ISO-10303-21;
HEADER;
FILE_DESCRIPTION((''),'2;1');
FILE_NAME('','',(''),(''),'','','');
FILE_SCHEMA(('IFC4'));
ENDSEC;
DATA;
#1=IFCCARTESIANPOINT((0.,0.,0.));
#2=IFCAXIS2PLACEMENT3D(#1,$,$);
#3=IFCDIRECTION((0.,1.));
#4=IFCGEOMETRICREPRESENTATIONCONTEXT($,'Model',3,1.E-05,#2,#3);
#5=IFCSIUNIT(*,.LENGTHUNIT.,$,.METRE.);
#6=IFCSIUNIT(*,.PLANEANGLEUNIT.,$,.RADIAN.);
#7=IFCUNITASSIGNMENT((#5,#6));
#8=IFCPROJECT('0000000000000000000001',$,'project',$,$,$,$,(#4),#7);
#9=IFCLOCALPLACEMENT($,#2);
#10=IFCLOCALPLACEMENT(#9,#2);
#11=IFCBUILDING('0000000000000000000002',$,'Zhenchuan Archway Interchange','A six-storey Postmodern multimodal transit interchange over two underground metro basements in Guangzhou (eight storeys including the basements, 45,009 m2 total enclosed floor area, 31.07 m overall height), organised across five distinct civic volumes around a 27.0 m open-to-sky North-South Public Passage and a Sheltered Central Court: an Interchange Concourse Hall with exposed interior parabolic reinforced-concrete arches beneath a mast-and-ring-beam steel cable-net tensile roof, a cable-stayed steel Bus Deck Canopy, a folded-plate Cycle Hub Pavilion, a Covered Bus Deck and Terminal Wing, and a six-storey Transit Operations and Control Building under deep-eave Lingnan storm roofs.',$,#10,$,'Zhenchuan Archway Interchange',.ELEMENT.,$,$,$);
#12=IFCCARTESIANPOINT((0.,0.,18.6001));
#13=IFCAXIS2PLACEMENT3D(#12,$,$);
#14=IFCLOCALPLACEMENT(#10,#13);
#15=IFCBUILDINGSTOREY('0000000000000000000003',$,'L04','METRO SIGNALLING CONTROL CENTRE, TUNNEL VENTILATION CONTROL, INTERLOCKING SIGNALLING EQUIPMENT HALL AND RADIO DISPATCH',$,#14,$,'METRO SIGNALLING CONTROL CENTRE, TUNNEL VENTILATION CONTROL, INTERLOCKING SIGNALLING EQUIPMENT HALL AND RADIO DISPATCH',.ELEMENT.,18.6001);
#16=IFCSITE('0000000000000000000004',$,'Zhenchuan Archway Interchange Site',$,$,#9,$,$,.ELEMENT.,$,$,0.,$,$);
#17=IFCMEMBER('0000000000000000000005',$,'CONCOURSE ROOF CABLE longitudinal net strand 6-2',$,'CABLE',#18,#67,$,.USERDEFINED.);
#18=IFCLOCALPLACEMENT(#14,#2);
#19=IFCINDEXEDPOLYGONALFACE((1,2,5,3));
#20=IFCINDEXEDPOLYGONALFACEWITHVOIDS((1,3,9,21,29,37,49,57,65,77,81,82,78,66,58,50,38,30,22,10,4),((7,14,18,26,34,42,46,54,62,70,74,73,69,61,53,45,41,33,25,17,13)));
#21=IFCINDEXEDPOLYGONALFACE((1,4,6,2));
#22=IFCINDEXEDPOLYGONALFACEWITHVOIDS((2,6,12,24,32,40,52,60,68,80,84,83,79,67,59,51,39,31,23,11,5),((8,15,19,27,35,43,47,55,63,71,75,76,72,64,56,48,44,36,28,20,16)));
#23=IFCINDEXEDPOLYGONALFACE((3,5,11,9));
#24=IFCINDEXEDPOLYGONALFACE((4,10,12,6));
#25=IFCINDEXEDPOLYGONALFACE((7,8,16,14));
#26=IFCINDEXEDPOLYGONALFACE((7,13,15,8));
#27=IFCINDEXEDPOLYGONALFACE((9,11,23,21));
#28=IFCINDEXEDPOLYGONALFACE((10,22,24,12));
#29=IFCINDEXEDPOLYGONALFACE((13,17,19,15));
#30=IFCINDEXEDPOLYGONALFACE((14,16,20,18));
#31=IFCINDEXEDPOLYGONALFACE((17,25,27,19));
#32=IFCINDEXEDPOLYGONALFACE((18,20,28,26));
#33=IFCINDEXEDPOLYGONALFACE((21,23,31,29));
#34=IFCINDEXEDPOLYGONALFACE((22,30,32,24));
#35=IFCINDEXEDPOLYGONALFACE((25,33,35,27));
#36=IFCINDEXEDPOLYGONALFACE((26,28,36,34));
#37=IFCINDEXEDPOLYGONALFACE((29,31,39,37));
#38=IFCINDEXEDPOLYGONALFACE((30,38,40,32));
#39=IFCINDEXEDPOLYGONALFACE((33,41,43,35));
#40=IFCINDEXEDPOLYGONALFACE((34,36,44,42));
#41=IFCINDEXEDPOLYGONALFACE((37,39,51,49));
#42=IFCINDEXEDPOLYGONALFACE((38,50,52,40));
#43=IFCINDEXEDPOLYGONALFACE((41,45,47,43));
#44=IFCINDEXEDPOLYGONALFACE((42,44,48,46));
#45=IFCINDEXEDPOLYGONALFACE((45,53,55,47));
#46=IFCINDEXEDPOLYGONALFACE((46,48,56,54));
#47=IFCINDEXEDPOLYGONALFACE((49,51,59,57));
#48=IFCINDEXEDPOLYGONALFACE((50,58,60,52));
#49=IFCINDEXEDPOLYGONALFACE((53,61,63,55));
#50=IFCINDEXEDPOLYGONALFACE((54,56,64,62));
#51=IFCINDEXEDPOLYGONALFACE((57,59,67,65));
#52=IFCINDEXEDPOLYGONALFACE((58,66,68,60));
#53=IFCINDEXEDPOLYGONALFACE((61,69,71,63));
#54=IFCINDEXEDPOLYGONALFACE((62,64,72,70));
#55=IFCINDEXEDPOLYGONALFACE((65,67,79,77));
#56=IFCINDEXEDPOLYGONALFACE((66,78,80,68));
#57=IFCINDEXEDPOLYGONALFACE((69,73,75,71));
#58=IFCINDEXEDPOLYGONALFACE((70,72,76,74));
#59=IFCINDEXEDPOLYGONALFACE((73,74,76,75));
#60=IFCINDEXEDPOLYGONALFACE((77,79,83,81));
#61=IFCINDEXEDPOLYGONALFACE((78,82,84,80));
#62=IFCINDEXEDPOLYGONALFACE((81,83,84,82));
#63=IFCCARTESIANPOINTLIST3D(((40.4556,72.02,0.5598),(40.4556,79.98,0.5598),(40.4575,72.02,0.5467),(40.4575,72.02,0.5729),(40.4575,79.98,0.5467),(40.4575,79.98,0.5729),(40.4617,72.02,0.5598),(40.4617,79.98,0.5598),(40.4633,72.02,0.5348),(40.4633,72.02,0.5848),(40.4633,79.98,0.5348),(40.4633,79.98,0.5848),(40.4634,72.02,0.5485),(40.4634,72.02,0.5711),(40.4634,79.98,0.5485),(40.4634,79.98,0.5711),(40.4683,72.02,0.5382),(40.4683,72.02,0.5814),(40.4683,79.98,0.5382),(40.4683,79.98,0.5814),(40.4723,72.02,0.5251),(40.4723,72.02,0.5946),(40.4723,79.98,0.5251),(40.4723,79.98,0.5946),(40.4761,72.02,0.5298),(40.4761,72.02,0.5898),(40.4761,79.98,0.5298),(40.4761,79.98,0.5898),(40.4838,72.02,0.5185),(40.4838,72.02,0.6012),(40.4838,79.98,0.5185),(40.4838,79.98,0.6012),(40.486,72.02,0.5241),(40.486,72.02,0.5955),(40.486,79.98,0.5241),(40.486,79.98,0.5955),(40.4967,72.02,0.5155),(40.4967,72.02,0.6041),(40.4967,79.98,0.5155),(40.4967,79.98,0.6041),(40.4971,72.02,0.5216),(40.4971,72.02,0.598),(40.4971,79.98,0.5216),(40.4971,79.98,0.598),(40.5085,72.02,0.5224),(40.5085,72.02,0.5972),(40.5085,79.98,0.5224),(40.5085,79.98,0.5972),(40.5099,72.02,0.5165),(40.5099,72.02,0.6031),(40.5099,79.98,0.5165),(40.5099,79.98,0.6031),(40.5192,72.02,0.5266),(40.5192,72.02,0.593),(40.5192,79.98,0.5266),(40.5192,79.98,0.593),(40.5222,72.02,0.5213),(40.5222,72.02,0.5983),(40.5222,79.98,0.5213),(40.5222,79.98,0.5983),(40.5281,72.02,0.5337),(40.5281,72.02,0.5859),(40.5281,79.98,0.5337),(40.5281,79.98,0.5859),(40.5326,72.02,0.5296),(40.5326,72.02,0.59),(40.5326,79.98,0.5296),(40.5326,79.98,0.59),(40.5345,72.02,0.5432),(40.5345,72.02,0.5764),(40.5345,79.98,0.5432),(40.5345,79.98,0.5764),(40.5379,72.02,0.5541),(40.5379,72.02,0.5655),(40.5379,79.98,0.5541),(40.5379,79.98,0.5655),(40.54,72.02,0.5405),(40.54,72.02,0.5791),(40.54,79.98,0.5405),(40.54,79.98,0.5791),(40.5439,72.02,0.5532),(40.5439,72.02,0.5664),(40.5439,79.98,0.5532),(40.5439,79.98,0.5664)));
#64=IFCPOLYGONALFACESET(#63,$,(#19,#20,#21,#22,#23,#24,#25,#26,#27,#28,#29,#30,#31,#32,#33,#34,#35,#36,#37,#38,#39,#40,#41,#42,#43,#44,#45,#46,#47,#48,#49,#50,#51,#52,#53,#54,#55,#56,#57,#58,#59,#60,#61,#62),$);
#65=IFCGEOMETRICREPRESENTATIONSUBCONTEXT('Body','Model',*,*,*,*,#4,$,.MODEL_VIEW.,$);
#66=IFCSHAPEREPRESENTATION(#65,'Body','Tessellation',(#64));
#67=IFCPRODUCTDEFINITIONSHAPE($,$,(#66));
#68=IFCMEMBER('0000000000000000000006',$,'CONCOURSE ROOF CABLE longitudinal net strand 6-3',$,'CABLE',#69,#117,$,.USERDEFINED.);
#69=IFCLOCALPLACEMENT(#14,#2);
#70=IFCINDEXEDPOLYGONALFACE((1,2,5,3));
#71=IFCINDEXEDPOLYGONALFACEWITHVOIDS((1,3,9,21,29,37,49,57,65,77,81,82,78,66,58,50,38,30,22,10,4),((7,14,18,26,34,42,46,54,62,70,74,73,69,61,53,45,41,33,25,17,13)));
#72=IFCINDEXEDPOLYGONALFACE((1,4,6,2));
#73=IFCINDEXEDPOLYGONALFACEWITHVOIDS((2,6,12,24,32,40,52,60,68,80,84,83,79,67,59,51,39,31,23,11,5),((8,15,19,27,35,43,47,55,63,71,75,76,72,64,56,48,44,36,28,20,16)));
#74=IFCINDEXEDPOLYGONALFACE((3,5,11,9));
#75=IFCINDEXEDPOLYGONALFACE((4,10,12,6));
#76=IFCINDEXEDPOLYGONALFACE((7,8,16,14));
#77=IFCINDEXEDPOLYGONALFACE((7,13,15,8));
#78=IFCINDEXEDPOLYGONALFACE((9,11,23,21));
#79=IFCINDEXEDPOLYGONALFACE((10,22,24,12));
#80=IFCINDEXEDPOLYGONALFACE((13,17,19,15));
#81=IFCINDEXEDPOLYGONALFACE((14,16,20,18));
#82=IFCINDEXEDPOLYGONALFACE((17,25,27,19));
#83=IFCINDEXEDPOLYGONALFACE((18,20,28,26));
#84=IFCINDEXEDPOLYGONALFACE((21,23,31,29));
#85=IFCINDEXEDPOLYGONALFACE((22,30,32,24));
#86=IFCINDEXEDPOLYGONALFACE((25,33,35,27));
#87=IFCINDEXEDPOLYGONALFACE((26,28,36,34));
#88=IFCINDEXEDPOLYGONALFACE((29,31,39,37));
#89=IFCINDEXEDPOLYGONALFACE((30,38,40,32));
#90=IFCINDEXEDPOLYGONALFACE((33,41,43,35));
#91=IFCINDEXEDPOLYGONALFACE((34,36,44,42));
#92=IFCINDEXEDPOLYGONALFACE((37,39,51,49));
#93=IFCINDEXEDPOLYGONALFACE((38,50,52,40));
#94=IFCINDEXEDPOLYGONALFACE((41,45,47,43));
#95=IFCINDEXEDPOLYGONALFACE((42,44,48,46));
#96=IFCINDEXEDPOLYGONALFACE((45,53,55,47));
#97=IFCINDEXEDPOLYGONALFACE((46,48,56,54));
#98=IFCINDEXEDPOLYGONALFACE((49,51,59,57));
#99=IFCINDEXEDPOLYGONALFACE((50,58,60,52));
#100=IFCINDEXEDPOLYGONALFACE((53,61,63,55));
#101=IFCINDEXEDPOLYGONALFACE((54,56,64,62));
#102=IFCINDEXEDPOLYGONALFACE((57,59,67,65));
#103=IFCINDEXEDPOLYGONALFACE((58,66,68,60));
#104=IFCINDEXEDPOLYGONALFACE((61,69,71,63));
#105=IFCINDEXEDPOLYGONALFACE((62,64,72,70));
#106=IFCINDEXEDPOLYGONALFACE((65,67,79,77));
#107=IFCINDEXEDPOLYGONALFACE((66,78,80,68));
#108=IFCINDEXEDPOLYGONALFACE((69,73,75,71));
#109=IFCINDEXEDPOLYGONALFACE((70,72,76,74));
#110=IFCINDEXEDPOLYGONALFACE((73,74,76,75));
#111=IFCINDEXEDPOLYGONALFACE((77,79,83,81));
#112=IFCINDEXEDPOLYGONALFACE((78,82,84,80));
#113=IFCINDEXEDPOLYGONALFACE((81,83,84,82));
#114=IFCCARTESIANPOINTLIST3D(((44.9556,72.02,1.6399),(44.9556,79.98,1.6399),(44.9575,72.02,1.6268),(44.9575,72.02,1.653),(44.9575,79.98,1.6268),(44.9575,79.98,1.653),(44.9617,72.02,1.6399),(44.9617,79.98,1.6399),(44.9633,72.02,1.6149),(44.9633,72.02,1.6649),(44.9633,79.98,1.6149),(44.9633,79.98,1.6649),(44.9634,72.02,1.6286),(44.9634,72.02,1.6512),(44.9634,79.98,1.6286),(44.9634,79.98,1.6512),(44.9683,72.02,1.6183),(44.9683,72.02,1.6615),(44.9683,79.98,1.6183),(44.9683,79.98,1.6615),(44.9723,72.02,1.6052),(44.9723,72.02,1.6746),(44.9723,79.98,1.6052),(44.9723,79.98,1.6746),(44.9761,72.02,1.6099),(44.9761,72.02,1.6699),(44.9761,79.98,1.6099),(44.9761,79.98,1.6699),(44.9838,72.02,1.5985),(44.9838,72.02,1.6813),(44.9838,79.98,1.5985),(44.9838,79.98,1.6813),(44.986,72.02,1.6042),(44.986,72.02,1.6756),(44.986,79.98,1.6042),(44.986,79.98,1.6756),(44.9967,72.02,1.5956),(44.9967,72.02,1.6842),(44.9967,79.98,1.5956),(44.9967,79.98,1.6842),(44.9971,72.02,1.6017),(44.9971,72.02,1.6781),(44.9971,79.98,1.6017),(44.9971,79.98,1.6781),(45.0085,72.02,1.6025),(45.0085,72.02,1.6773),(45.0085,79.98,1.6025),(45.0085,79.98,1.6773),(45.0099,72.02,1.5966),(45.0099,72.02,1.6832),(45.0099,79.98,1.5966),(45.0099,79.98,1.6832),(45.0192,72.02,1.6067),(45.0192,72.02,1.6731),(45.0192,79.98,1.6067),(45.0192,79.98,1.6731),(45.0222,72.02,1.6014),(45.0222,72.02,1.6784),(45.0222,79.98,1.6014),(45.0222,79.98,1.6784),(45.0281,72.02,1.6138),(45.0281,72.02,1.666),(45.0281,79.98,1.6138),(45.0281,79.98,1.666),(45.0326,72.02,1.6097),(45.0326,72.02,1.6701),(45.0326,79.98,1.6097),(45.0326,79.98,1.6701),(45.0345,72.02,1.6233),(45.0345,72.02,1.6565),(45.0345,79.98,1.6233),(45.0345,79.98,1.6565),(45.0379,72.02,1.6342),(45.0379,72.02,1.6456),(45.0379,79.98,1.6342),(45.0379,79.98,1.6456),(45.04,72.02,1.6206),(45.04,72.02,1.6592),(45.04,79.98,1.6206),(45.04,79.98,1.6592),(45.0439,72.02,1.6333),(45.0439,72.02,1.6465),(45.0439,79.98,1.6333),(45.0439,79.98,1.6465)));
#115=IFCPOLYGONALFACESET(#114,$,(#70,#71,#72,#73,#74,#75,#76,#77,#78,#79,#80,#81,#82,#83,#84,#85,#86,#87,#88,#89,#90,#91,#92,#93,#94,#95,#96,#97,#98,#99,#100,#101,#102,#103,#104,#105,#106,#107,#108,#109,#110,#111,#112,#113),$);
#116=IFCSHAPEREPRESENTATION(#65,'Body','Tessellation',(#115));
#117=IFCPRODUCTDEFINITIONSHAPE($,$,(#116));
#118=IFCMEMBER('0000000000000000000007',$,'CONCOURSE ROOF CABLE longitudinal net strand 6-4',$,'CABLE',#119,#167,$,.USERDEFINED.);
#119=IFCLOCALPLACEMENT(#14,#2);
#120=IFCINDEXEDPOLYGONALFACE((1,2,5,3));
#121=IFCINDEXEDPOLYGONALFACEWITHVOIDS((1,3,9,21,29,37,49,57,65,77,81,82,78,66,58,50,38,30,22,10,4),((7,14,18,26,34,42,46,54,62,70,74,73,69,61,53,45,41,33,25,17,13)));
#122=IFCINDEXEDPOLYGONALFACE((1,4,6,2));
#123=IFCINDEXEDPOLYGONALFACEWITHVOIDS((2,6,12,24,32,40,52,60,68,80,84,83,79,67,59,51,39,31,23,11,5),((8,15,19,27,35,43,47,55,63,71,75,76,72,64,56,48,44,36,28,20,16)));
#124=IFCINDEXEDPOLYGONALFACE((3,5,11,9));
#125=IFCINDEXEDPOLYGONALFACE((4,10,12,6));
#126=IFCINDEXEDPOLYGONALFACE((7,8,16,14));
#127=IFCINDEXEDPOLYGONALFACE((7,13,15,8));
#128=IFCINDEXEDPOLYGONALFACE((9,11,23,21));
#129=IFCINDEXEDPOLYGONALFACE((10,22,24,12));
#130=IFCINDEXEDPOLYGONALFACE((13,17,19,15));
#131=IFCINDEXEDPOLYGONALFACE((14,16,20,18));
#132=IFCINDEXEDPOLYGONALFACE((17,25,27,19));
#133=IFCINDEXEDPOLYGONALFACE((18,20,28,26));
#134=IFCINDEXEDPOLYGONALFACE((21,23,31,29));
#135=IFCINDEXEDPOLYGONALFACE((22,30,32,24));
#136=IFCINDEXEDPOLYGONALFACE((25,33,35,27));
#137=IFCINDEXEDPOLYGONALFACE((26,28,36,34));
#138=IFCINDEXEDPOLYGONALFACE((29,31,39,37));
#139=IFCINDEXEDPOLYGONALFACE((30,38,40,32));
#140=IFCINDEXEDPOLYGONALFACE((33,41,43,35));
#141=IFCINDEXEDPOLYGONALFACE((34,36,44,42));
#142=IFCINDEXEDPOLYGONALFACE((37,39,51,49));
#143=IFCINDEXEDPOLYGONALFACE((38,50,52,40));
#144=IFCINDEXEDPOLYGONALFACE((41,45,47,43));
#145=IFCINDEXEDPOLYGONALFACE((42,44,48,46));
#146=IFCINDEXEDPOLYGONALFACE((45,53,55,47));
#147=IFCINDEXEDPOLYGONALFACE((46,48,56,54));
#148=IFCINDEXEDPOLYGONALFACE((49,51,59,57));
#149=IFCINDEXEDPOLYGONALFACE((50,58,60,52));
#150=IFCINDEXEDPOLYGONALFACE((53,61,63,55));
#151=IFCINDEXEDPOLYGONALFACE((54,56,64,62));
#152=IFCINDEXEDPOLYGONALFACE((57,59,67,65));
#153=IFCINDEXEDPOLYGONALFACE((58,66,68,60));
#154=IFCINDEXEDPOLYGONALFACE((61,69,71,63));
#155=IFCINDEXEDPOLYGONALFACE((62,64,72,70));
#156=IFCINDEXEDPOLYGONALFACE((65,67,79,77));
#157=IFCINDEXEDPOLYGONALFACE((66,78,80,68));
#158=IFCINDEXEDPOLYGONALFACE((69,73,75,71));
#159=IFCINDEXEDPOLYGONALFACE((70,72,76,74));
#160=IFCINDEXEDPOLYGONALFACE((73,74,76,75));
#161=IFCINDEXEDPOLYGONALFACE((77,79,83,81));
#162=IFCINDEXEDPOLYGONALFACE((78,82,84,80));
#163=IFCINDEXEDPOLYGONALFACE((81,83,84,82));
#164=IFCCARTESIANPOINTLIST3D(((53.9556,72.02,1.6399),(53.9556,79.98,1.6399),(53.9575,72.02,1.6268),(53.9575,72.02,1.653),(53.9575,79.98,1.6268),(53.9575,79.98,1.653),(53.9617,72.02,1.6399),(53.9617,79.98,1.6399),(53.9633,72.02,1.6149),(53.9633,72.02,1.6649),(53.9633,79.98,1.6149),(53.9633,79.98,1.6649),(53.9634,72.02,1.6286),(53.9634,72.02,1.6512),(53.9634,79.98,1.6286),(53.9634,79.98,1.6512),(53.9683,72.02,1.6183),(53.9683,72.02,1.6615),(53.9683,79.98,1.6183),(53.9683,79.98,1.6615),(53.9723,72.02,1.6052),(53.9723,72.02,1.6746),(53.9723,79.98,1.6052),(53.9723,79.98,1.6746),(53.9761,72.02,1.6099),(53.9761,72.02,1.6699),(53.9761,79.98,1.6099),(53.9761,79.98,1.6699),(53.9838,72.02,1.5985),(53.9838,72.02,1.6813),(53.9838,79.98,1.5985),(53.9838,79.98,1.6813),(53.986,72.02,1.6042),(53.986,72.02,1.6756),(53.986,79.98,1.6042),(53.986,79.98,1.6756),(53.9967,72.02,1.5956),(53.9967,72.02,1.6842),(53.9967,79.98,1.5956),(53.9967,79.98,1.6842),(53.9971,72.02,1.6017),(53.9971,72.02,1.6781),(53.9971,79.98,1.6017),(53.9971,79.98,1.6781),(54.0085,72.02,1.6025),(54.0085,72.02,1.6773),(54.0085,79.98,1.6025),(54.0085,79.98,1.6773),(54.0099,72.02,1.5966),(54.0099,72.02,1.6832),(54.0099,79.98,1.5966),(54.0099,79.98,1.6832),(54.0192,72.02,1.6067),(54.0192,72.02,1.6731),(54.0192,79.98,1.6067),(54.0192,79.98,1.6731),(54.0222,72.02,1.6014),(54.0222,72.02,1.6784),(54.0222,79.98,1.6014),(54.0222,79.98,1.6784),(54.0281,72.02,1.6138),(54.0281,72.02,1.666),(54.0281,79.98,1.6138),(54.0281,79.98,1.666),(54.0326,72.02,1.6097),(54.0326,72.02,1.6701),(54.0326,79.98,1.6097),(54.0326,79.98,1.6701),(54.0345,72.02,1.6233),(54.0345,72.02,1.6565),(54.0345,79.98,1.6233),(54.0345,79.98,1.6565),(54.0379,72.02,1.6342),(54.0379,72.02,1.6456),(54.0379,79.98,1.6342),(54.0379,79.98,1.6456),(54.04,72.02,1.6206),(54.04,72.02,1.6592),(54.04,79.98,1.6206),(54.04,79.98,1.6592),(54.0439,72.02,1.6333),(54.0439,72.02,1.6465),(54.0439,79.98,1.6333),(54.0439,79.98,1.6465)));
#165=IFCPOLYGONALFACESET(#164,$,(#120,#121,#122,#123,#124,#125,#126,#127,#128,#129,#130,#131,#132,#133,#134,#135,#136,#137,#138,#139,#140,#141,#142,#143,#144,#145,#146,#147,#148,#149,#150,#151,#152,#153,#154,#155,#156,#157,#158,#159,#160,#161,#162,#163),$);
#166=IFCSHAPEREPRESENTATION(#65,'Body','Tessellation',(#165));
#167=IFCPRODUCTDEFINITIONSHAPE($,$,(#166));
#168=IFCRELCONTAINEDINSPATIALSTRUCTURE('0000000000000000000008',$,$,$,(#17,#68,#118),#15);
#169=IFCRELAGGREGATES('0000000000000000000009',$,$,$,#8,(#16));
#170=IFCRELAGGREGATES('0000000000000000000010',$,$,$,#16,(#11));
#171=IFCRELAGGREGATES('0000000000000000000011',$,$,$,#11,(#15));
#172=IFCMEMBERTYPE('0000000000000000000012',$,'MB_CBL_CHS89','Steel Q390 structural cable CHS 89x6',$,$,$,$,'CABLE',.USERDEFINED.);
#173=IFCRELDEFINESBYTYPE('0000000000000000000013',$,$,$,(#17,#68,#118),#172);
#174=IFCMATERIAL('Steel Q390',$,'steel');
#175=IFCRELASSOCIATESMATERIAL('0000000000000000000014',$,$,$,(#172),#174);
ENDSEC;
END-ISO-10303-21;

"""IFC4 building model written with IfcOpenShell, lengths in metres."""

from ifc_helpers import new_model, si_unit, direction, frame, origin, origin_2d, place, context, subcontext, project, spatial, hollow_circle, extrude, material, material_profile, profile_set, type_object, element, save


model = new_model("IFC4")

# Units and contexts
model_context = context("Model", 3, precision=1e-05, world=origin(), true_north=direction((0.0, 1.0)))
body_context = subcontext(model_context, "Body", "Model", "MODEL_VIEW")
ifc_project = project(units=[si_unit("LENGTHUNIT", "METRE"), si_unit("PLANEANGLEUNIT", "RADIAN")], contexts=[model_context])

# Site, building, storey
site_placement = place(None, origin())
site = spatial("IfcSite", under=ifc_project, at=site_placement, Name="Zhenchuan Archway Interchange Site", CompositionType="ELEMENT", RefElevation=0.0)
building_placement = place(site_placement, origin())
building = spatial("IfcBuilding", under=site, at=building_placement, Name="Zhenchuan Archway Interchange", Description="A six-storey Postmodern multimodal transit interchange over two underground metro basements in Guangzhou (eight storeys including the basements, 45,009 m2 total enclosed floor area, 31.07 m overall height), organised across five distinct civic volumes around a 27.0 m open-to-sky North-South Public Passage and a Sheltered Central Court: an Interchange Concourse Hall with exposed interior parabolic reinforced-concrete arches beneath a mast-and-ring-beam steel cable-net tensile roof, a cable-stayed steel Bus Deck Canopy, a folded-plate Cycle Hub Pavilion, a Covered Bus Deck and Terminal Wing, and a six-storey Transit Operations and Control Building under deep-eave Lingnan storm roofs.", LongName="Zhenchuan Archway Interchange", CompositionType="ELEMENT")
storey_placement = place(building_placement, frame((0.0, 0.0, 18.6001)))
storey = spatial("IfcBuildingStorey", under=building, at=storey_placement, Name="L04", Description="METRO SIGNALLING CONTROL CENTRE, TUNNEL VENTILATION CONTROL, INTERLOCKING SIGNALLING EQUIPMENT HALL AND RADIO DISPATCH", LongName="METRO SIGNALLING CONTROL CENTRE, TUNNEL VENTILATION CONTROL, INTERLOCKING SIGNALLING EQUIPMENT HALL AND RADIO DISPATCH", CompositionType="ELEMENT", Elevation=18.6001)

# Shared definitions
ifc_material_1 = material(Name="Steel Q390", Category="steel")

# Members
ifc_material_profile_1 = material_profile(ifc_material_1, hollow_circle(Radius=0.0444, WallThickness=0.0061, at=origin_2d()), Name="CHS 89x6")
ifc_profile_set_1 = profile_set([ifc_material_profile_1], Name="Steel Q390")
member_type_1 = type_object("IfcMemberType", Name="MB_CBL_CHS89", Description="Steel Q390 structural cable CHS 89x6", ElementType="CABLE", PredefinedType="USERDEFINED", material=ifc_profile_set_1)
for number, where, z_axis, x_axis, name in (
    (1, (40.5, 72.02, 0.5598), (0.0, 1.0, 0.0), (-1.0, 0.0, 0.0), "CONCOURSE ROOF CABLE longitudinal net strand 6-2"),
    (2, (45.0, 72.02, 1.6399), (0.0, 1.0, 0.0), (-1.0, 0.0, 0.0), "CONCOURSE ROOF CABLE longitudinal net strand 6-3"),
    (3, (54.0, 72.02, 1.6399), (0.0, 1.0, 0.0), (-1.0, 0.0, 0.0), "CONCOURSE ROOF CABLE longitudinal net strand 6-4"),
):
    element("IfcMember", number, at=place(storey_placement, frame(where, z_axis=z_axis, x_axis=x_axis)), inside=storey, type_object=member_type_1, Name=name, ObjectType="CABLE", PredefinedType="USERDEFINED", context=body_context, shape_type="SweptSolid", body=[
        extrude(hollow_circle(Radius=0.0444, WallThickness=0.0061, at=origin_2d()), origin(), (0.0, 0.0, 1.0), 7.96),
    ])

save(model, "model.ifc")
